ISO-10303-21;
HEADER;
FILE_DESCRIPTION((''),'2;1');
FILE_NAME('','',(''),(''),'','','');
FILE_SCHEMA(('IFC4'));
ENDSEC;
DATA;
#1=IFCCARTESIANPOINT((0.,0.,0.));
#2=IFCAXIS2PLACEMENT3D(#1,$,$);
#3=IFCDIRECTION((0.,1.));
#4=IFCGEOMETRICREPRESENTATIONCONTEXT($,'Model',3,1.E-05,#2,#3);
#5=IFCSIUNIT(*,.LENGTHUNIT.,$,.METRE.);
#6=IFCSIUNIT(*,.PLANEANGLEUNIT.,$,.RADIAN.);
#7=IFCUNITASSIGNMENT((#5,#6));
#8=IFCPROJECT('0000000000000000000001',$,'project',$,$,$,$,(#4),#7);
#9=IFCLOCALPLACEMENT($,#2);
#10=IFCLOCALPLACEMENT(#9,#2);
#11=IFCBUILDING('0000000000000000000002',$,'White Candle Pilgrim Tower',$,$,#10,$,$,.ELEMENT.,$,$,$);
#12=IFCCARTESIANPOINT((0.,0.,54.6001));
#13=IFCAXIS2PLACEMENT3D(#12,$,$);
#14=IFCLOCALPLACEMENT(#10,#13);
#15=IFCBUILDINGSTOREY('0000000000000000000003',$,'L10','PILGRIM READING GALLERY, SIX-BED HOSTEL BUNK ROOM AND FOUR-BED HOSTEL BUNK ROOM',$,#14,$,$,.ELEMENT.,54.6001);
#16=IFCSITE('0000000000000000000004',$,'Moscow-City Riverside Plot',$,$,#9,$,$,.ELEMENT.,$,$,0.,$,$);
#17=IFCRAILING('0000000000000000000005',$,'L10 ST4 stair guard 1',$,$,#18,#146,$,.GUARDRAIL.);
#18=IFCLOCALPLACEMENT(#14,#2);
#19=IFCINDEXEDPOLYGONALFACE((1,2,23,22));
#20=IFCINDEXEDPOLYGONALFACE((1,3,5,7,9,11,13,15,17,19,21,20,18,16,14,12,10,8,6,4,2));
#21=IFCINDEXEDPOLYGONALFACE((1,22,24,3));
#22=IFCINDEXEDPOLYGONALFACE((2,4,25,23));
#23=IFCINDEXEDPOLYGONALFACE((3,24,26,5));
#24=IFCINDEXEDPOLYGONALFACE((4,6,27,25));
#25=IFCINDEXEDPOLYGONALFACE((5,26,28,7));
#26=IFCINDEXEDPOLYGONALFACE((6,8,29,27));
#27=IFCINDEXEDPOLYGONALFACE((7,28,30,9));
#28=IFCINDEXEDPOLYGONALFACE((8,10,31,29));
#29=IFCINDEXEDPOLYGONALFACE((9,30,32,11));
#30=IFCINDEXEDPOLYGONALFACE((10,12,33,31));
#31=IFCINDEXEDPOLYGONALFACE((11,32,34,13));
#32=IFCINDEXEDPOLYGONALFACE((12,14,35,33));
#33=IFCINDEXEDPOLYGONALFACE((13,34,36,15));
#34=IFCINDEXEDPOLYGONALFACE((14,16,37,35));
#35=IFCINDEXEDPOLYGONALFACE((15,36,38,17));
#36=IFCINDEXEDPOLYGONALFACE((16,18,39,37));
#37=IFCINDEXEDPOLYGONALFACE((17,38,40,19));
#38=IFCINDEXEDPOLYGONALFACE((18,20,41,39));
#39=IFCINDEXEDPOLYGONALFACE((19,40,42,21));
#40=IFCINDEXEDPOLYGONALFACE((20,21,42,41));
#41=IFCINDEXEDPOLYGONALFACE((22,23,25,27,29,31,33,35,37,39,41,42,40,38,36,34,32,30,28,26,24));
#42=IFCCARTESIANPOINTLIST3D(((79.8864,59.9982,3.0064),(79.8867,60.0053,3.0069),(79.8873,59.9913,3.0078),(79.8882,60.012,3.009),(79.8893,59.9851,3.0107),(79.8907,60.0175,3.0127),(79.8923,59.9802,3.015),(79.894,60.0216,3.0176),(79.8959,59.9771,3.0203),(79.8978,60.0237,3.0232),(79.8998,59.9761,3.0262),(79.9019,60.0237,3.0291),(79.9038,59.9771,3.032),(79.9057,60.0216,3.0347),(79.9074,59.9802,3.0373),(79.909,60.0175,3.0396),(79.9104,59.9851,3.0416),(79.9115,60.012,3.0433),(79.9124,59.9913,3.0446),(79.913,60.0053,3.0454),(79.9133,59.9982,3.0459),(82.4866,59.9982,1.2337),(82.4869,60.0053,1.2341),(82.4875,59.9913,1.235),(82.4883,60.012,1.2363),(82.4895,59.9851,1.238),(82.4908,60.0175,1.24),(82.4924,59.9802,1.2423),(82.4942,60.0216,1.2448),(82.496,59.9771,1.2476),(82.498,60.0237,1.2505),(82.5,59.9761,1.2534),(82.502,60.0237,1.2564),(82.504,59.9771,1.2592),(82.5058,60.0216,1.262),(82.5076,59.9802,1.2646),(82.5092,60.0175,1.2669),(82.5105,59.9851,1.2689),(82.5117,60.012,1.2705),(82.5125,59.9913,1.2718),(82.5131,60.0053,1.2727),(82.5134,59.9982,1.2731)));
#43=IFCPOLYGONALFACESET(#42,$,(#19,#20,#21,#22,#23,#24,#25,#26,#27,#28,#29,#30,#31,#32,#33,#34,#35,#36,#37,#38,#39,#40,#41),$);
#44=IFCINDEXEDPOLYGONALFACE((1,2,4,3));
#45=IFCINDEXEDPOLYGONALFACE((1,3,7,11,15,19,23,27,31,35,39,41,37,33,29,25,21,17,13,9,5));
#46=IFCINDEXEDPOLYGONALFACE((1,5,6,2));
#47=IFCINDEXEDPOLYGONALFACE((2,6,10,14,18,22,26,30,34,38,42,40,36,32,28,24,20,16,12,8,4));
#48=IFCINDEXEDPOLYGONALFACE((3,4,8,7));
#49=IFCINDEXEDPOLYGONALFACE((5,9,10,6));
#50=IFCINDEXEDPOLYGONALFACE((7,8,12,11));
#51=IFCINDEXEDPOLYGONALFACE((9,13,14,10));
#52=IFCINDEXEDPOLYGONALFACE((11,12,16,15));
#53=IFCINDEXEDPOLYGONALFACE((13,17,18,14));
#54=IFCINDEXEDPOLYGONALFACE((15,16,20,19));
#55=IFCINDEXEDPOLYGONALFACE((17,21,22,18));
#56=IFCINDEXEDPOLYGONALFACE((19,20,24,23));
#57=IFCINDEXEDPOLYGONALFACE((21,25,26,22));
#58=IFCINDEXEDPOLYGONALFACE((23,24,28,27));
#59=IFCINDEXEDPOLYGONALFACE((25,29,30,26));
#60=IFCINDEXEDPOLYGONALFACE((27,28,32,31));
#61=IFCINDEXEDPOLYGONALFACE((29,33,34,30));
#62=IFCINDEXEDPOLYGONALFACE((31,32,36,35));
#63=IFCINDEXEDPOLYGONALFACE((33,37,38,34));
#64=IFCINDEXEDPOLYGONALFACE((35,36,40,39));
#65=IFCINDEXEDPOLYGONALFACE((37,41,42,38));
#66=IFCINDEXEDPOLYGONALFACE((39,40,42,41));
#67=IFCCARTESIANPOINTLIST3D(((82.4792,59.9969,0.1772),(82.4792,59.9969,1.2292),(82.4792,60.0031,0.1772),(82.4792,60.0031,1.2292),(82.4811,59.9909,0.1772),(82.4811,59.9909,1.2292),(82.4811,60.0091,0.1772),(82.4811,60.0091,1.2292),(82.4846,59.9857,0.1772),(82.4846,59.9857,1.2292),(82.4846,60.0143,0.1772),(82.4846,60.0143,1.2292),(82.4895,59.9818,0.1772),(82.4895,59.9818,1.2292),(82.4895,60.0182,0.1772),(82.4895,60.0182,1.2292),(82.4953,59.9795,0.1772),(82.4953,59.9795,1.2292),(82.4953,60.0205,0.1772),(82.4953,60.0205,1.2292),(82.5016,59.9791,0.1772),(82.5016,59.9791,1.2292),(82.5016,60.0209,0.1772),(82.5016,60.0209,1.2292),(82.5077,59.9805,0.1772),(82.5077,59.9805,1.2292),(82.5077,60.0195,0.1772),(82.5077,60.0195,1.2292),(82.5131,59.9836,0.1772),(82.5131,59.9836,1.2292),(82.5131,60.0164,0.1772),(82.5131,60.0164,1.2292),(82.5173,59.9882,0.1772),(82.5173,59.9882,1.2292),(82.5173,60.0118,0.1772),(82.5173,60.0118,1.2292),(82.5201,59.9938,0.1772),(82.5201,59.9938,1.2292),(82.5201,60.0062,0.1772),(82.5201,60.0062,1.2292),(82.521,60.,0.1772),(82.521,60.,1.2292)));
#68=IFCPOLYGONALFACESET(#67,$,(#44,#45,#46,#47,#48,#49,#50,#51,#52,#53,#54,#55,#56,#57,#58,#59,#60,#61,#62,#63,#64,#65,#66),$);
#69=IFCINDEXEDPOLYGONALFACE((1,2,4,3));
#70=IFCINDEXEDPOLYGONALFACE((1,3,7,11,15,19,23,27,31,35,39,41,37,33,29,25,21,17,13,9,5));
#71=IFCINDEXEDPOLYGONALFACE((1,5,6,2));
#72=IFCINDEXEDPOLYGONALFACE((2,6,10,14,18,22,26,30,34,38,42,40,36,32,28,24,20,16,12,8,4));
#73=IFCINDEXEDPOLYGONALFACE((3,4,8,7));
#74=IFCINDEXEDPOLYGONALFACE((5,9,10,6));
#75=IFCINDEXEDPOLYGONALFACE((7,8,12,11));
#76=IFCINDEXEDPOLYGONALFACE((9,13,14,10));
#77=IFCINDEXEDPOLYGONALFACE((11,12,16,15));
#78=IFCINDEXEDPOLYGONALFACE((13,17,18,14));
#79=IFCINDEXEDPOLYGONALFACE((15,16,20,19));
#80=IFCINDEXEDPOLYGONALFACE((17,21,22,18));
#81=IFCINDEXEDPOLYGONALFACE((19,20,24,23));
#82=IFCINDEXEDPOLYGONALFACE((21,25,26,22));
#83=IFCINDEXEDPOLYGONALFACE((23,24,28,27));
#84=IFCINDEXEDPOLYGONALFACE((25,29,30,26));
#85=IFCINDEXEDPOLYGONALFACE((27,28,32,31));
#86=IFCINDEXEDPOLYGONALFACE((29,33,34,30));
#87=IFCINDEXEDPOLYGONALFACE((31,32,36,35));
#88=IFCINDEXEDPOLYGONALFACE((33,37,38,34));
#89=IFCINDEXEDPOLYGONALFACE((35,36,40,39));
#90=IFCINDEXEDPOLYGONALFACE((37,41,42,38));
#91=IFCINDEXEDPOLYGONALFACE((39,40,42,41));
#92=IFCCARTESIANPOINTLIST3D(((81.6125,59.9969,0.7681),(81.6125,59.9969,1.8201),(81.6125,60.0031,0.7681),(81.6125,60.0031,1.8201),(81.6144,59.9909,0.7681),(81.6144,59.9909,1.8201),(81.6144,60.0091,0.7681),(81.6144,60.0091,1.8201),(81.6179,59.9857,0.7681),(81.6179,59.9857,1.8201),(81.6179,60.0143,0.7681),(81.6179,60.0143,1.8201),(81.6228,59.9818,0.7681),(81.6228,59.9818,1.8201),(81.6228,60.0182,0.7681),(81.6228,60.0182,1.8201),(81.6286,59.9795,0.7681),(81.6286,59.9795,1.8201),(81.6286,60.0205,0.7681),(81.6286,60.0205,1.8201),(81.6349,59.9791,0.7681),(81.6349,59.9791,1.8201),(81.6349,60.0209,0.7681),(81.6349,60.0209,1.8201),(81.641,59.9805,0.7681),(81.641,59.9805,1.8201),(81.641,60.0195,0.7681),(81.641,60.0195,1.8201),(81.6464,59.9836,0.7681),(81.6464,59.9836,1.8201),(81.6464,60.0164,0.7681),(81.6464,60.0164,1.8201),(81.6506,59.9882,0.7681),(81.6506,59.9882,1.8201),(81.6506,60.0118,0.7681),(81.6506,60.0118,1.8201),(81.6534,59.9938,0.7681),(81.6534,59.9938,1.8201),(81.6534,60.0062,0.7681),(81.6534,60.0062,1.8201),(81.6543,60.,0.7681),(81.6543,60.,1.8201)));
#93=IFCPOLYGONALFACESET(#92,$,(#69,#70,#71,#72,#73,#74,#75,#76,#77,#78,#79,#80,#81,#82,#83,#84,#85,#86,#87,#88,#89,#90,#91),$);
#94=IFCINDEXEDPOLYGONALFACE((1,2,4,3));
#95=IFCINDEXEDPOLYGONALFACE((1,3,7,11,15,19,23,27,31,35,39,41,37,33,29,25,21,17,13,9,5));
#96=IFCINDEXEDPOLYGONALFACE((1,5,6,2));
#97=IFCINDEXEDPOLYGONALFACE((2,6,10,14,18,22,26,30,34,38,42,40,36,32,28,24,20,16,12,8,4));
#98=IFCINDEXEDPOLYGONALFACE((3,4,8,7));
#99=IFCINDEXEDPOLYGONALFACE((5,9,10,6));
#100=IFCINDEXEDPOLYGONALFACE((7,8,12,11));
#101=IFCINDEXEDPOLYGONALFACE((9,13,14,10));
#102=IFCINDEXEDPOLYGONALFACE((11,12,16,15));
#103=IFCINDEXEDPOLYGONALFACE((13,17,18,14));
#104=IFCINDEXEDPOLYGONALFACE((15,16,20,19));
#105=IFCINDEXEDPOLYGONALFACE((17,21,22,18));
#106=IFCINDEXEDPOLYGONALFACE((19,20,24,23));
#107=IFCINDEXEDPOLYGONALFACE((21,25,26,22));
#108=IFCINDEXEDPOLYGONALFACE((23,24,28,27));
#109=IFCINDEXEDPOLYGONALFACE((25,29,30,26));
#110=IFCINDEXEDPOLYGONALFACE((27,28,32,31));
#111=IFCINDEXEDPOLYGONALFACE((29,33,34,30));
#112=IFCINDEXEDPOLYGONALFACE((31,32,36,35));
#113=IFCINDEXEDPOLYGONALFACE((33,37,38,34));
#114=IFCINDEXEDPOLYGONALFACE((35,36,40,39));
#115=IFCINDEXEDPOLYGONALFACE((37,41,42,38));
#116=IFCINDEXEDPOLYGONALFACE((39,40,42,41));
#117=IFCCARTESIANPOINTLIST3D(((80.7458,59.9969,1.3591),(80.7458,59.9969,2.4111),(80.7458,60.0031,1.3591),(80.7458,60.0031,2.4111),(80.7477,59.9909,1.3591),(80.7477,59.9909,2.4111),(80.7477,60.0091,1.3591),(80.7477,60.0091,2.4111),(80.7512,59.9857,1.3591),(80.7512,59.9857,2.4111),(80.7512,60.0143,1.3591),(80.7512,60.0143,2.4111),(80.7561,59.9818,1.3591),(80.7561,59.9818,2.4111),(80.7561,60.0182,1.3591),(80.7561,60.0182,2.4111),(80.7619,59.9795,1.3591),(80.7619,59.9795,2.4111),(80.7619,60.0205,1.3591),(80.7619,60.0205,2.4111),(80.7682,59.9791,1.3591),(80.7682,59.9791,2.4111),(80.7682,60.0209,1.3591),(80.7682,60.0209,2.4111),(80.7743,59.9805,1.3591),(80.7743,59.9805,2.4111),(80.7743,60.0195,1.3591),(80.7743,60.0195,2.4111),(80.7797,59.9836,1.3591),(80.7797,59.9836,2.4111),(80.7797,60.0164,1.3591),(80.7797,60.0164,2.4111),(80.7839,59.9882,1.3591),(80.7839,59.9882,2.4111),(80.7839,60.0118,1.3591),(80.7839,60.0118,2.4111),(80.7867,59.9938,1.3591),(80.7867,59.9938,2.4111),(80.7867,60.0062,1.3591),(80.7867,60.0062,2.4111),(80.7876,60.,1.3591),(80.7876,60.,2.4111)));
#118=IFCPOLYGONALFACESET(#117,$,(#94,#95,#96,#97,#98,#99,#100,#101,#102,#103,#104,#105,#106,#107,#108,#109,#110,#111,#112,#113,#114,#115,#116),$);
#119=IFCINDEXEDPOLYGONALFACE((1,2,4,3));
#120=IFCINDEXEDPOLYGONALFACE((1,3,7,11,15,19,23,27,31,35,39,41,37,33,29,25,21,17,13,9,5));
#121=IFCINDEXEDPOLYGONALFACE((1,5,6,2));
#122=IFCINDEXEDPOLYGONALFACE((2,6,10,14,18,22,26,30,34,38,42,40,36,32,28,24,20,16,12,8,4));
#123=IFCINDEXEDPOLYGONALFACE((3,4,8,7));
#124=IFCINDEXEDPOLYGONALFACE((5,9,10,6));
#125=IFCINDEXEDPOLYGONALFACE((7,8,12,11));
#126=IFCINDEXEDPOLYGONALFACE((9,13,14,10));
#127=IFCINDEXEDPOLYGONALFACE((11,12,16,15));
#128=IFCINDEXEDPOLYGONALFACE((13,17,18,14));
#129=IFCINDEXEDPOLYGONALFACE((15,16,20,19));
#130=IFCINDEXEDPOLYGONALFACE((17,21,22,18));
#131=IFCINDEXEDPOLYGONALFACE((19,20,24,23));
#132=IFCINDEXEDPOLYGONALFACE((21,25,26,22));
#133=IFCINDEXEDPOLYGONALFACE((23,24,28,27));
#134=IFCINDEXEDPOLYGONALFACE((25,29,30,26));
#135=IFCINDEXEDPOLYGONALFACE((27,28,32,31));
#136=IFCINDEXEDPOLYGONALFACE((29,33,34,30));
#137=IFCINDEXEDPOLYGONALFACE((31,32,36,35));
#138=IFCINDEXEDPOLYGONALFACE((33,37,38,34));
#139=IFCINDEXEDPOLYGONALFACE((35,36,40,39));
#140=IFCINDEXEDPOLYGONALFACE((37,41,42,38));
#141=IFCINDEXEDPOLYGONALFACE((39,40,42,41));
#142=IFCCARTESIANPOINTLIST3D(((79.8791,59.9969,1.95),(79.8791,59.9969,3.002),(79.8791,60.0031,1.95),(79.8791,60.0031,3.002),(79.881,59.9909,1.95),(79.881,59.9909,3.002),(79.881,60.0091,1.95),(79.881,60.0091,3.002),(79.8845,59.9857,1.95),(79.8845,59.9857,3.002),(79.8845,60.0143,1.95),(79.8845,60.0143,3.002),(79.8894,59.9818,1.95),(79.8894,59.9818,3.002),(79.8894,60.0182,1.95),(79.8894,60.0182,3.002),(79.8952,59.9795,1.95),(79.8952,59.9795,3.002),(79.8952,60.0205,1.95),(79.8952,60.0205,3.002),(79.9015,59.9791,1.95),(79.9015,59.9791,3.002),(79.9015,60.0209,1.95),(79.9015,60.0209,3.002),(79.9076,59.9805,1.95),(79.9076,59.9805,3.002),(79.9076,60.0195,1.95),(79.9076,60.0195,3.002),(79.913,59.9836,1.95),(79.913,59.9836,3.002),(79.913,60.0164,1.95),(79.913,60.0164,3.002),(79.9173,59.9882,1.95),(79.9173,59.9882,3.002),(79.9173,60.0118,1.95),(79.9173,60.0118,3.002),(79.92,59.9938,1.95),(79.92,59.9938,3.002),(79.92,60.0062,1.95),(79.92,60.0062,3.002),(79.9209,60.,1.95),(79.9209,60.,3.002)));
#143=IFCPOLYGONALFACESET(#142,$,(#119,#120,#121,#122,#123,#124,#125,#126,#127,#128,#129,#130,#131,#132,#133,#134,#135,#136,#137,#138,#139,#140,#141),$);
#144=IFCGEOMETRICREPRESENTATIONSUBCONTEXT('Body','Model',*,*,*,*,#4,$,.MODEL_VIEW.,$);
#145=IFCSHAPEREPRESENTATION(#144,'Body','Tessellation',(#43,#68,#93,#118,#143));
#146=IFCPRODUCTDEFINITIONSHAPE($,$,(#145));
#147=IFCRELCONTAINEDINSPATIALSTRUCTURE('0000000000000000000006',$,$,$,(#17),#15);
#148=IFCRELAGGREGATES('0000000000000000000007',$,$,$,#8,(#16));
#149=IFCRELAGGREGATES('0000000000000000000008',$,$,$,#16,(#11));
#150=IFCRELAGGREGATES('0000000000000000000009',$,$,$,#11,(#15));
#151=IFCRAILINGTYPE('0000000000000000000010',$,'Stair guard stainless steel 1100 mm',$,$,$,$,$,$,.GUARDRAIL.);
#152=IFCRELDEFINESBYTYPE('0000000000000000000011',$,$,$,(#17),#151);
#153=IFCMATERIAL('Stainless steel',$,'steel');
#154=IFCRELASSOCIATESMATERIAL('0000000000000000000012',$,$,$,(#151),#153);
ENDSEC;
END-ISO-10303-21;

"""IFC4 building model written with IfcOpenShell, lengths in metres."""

from ifc_helpers import new_model, si_unit, direction, frame, origin, origin_2d, place, context, subcontext, project, spatial, circle, extrude, material, type_object, element, save


model = new_model("IFC4")

# Units and contexts
model_context = context("Model", 3, precision=1e-05, world=origin(), true_north=direction((0.0, 1.0)))
body_context = subcontext(model_context, "Body", "Model", "MODEL_VIEW")
ifc_project = project(units=[si_unit("LENGTHUNIT", "METRE"), si_unit("PLANEANGLEUNIT", "RADIAN")], contexts=[model_context])

# Site, building, storey
site_placement = place(None, origin())
site = spatial("IfcSite", under=ifc_project, at=site_placement, Name="Moscow-City Riverside Plot", CompositionType="ELEMENT", RefElevation=0.0)
building_placement = place(site_placement, origin())
building = spatial("IfcBuilding", under=site, at=building_placement, Name="White Candle Pilgrim Tower", CompositionType="ELEMENT")
storey_placement = place(building_placement, frame((0.0, 0.0, 54.6001)))
storey = spatial("IfcBuildingStorey", under=building, at=storey_placement, Name="L10", Description="PILGRIM READING GALLERY, SIX-BED HOSTEL BUNK ROOM AND FOUR-BED HOSTEL BUNK ROOM", CompositionType="ELEMENT", Elevation=54.6001)

# Railing
ifc_material_1 = material(Name="Stainless steel", Category="steel")
railing_type_1 = type_object("IfcRailingType", Name="Stair guard stainless steel 1100 mm", PredefinedType="GUARDRAIL", material=ifc_material_1)
railing_1_placement = place(storey_placement, frame((82.5, 60.0, 0.1772)))
element("IfcRailing", 1, at=railing_1_placement, inside=storey, type_object=railing_type_1, Name="L10 ST4 stair guard 1", PredefinedType="GUARDRAIL", context=body_context, shape_type="SweptSolid", body=[
    extrude(circle(Radius=0.0239, at=origin_2d()), frame((0.0, 0.0, 1.0762), z_axis=(-0.82624, 0.0, 0.563318), x_axis=(0.0, -1.0, 0.0)), (0.0, 0.0, 1.0), 3.147),
    extrude(circle(Radius=0.021, at=origin_2d()), origin(), (0.0, 0.0, 1.0), 1.052),
    extrude(circle(Radius=0.021, at=origin_2d()), frame((-0.8667, 0.0, 0.5908)), (0.0, 0.0, 1.0), 1.052),
    extrude(circle(Radius=0.021, at=origin_2d()), frame((-1.7334, 0.0, 1.1819)), (0.0, 0.0, 1.0), 1.052),
    extrude(circle(Radius=0.021, at=origin_2d()), frame((-2.6001, 0.0, 1.7727)), (0.0, 0.0, 1.0), 1.052),
])

save(model, "model.ifc")
